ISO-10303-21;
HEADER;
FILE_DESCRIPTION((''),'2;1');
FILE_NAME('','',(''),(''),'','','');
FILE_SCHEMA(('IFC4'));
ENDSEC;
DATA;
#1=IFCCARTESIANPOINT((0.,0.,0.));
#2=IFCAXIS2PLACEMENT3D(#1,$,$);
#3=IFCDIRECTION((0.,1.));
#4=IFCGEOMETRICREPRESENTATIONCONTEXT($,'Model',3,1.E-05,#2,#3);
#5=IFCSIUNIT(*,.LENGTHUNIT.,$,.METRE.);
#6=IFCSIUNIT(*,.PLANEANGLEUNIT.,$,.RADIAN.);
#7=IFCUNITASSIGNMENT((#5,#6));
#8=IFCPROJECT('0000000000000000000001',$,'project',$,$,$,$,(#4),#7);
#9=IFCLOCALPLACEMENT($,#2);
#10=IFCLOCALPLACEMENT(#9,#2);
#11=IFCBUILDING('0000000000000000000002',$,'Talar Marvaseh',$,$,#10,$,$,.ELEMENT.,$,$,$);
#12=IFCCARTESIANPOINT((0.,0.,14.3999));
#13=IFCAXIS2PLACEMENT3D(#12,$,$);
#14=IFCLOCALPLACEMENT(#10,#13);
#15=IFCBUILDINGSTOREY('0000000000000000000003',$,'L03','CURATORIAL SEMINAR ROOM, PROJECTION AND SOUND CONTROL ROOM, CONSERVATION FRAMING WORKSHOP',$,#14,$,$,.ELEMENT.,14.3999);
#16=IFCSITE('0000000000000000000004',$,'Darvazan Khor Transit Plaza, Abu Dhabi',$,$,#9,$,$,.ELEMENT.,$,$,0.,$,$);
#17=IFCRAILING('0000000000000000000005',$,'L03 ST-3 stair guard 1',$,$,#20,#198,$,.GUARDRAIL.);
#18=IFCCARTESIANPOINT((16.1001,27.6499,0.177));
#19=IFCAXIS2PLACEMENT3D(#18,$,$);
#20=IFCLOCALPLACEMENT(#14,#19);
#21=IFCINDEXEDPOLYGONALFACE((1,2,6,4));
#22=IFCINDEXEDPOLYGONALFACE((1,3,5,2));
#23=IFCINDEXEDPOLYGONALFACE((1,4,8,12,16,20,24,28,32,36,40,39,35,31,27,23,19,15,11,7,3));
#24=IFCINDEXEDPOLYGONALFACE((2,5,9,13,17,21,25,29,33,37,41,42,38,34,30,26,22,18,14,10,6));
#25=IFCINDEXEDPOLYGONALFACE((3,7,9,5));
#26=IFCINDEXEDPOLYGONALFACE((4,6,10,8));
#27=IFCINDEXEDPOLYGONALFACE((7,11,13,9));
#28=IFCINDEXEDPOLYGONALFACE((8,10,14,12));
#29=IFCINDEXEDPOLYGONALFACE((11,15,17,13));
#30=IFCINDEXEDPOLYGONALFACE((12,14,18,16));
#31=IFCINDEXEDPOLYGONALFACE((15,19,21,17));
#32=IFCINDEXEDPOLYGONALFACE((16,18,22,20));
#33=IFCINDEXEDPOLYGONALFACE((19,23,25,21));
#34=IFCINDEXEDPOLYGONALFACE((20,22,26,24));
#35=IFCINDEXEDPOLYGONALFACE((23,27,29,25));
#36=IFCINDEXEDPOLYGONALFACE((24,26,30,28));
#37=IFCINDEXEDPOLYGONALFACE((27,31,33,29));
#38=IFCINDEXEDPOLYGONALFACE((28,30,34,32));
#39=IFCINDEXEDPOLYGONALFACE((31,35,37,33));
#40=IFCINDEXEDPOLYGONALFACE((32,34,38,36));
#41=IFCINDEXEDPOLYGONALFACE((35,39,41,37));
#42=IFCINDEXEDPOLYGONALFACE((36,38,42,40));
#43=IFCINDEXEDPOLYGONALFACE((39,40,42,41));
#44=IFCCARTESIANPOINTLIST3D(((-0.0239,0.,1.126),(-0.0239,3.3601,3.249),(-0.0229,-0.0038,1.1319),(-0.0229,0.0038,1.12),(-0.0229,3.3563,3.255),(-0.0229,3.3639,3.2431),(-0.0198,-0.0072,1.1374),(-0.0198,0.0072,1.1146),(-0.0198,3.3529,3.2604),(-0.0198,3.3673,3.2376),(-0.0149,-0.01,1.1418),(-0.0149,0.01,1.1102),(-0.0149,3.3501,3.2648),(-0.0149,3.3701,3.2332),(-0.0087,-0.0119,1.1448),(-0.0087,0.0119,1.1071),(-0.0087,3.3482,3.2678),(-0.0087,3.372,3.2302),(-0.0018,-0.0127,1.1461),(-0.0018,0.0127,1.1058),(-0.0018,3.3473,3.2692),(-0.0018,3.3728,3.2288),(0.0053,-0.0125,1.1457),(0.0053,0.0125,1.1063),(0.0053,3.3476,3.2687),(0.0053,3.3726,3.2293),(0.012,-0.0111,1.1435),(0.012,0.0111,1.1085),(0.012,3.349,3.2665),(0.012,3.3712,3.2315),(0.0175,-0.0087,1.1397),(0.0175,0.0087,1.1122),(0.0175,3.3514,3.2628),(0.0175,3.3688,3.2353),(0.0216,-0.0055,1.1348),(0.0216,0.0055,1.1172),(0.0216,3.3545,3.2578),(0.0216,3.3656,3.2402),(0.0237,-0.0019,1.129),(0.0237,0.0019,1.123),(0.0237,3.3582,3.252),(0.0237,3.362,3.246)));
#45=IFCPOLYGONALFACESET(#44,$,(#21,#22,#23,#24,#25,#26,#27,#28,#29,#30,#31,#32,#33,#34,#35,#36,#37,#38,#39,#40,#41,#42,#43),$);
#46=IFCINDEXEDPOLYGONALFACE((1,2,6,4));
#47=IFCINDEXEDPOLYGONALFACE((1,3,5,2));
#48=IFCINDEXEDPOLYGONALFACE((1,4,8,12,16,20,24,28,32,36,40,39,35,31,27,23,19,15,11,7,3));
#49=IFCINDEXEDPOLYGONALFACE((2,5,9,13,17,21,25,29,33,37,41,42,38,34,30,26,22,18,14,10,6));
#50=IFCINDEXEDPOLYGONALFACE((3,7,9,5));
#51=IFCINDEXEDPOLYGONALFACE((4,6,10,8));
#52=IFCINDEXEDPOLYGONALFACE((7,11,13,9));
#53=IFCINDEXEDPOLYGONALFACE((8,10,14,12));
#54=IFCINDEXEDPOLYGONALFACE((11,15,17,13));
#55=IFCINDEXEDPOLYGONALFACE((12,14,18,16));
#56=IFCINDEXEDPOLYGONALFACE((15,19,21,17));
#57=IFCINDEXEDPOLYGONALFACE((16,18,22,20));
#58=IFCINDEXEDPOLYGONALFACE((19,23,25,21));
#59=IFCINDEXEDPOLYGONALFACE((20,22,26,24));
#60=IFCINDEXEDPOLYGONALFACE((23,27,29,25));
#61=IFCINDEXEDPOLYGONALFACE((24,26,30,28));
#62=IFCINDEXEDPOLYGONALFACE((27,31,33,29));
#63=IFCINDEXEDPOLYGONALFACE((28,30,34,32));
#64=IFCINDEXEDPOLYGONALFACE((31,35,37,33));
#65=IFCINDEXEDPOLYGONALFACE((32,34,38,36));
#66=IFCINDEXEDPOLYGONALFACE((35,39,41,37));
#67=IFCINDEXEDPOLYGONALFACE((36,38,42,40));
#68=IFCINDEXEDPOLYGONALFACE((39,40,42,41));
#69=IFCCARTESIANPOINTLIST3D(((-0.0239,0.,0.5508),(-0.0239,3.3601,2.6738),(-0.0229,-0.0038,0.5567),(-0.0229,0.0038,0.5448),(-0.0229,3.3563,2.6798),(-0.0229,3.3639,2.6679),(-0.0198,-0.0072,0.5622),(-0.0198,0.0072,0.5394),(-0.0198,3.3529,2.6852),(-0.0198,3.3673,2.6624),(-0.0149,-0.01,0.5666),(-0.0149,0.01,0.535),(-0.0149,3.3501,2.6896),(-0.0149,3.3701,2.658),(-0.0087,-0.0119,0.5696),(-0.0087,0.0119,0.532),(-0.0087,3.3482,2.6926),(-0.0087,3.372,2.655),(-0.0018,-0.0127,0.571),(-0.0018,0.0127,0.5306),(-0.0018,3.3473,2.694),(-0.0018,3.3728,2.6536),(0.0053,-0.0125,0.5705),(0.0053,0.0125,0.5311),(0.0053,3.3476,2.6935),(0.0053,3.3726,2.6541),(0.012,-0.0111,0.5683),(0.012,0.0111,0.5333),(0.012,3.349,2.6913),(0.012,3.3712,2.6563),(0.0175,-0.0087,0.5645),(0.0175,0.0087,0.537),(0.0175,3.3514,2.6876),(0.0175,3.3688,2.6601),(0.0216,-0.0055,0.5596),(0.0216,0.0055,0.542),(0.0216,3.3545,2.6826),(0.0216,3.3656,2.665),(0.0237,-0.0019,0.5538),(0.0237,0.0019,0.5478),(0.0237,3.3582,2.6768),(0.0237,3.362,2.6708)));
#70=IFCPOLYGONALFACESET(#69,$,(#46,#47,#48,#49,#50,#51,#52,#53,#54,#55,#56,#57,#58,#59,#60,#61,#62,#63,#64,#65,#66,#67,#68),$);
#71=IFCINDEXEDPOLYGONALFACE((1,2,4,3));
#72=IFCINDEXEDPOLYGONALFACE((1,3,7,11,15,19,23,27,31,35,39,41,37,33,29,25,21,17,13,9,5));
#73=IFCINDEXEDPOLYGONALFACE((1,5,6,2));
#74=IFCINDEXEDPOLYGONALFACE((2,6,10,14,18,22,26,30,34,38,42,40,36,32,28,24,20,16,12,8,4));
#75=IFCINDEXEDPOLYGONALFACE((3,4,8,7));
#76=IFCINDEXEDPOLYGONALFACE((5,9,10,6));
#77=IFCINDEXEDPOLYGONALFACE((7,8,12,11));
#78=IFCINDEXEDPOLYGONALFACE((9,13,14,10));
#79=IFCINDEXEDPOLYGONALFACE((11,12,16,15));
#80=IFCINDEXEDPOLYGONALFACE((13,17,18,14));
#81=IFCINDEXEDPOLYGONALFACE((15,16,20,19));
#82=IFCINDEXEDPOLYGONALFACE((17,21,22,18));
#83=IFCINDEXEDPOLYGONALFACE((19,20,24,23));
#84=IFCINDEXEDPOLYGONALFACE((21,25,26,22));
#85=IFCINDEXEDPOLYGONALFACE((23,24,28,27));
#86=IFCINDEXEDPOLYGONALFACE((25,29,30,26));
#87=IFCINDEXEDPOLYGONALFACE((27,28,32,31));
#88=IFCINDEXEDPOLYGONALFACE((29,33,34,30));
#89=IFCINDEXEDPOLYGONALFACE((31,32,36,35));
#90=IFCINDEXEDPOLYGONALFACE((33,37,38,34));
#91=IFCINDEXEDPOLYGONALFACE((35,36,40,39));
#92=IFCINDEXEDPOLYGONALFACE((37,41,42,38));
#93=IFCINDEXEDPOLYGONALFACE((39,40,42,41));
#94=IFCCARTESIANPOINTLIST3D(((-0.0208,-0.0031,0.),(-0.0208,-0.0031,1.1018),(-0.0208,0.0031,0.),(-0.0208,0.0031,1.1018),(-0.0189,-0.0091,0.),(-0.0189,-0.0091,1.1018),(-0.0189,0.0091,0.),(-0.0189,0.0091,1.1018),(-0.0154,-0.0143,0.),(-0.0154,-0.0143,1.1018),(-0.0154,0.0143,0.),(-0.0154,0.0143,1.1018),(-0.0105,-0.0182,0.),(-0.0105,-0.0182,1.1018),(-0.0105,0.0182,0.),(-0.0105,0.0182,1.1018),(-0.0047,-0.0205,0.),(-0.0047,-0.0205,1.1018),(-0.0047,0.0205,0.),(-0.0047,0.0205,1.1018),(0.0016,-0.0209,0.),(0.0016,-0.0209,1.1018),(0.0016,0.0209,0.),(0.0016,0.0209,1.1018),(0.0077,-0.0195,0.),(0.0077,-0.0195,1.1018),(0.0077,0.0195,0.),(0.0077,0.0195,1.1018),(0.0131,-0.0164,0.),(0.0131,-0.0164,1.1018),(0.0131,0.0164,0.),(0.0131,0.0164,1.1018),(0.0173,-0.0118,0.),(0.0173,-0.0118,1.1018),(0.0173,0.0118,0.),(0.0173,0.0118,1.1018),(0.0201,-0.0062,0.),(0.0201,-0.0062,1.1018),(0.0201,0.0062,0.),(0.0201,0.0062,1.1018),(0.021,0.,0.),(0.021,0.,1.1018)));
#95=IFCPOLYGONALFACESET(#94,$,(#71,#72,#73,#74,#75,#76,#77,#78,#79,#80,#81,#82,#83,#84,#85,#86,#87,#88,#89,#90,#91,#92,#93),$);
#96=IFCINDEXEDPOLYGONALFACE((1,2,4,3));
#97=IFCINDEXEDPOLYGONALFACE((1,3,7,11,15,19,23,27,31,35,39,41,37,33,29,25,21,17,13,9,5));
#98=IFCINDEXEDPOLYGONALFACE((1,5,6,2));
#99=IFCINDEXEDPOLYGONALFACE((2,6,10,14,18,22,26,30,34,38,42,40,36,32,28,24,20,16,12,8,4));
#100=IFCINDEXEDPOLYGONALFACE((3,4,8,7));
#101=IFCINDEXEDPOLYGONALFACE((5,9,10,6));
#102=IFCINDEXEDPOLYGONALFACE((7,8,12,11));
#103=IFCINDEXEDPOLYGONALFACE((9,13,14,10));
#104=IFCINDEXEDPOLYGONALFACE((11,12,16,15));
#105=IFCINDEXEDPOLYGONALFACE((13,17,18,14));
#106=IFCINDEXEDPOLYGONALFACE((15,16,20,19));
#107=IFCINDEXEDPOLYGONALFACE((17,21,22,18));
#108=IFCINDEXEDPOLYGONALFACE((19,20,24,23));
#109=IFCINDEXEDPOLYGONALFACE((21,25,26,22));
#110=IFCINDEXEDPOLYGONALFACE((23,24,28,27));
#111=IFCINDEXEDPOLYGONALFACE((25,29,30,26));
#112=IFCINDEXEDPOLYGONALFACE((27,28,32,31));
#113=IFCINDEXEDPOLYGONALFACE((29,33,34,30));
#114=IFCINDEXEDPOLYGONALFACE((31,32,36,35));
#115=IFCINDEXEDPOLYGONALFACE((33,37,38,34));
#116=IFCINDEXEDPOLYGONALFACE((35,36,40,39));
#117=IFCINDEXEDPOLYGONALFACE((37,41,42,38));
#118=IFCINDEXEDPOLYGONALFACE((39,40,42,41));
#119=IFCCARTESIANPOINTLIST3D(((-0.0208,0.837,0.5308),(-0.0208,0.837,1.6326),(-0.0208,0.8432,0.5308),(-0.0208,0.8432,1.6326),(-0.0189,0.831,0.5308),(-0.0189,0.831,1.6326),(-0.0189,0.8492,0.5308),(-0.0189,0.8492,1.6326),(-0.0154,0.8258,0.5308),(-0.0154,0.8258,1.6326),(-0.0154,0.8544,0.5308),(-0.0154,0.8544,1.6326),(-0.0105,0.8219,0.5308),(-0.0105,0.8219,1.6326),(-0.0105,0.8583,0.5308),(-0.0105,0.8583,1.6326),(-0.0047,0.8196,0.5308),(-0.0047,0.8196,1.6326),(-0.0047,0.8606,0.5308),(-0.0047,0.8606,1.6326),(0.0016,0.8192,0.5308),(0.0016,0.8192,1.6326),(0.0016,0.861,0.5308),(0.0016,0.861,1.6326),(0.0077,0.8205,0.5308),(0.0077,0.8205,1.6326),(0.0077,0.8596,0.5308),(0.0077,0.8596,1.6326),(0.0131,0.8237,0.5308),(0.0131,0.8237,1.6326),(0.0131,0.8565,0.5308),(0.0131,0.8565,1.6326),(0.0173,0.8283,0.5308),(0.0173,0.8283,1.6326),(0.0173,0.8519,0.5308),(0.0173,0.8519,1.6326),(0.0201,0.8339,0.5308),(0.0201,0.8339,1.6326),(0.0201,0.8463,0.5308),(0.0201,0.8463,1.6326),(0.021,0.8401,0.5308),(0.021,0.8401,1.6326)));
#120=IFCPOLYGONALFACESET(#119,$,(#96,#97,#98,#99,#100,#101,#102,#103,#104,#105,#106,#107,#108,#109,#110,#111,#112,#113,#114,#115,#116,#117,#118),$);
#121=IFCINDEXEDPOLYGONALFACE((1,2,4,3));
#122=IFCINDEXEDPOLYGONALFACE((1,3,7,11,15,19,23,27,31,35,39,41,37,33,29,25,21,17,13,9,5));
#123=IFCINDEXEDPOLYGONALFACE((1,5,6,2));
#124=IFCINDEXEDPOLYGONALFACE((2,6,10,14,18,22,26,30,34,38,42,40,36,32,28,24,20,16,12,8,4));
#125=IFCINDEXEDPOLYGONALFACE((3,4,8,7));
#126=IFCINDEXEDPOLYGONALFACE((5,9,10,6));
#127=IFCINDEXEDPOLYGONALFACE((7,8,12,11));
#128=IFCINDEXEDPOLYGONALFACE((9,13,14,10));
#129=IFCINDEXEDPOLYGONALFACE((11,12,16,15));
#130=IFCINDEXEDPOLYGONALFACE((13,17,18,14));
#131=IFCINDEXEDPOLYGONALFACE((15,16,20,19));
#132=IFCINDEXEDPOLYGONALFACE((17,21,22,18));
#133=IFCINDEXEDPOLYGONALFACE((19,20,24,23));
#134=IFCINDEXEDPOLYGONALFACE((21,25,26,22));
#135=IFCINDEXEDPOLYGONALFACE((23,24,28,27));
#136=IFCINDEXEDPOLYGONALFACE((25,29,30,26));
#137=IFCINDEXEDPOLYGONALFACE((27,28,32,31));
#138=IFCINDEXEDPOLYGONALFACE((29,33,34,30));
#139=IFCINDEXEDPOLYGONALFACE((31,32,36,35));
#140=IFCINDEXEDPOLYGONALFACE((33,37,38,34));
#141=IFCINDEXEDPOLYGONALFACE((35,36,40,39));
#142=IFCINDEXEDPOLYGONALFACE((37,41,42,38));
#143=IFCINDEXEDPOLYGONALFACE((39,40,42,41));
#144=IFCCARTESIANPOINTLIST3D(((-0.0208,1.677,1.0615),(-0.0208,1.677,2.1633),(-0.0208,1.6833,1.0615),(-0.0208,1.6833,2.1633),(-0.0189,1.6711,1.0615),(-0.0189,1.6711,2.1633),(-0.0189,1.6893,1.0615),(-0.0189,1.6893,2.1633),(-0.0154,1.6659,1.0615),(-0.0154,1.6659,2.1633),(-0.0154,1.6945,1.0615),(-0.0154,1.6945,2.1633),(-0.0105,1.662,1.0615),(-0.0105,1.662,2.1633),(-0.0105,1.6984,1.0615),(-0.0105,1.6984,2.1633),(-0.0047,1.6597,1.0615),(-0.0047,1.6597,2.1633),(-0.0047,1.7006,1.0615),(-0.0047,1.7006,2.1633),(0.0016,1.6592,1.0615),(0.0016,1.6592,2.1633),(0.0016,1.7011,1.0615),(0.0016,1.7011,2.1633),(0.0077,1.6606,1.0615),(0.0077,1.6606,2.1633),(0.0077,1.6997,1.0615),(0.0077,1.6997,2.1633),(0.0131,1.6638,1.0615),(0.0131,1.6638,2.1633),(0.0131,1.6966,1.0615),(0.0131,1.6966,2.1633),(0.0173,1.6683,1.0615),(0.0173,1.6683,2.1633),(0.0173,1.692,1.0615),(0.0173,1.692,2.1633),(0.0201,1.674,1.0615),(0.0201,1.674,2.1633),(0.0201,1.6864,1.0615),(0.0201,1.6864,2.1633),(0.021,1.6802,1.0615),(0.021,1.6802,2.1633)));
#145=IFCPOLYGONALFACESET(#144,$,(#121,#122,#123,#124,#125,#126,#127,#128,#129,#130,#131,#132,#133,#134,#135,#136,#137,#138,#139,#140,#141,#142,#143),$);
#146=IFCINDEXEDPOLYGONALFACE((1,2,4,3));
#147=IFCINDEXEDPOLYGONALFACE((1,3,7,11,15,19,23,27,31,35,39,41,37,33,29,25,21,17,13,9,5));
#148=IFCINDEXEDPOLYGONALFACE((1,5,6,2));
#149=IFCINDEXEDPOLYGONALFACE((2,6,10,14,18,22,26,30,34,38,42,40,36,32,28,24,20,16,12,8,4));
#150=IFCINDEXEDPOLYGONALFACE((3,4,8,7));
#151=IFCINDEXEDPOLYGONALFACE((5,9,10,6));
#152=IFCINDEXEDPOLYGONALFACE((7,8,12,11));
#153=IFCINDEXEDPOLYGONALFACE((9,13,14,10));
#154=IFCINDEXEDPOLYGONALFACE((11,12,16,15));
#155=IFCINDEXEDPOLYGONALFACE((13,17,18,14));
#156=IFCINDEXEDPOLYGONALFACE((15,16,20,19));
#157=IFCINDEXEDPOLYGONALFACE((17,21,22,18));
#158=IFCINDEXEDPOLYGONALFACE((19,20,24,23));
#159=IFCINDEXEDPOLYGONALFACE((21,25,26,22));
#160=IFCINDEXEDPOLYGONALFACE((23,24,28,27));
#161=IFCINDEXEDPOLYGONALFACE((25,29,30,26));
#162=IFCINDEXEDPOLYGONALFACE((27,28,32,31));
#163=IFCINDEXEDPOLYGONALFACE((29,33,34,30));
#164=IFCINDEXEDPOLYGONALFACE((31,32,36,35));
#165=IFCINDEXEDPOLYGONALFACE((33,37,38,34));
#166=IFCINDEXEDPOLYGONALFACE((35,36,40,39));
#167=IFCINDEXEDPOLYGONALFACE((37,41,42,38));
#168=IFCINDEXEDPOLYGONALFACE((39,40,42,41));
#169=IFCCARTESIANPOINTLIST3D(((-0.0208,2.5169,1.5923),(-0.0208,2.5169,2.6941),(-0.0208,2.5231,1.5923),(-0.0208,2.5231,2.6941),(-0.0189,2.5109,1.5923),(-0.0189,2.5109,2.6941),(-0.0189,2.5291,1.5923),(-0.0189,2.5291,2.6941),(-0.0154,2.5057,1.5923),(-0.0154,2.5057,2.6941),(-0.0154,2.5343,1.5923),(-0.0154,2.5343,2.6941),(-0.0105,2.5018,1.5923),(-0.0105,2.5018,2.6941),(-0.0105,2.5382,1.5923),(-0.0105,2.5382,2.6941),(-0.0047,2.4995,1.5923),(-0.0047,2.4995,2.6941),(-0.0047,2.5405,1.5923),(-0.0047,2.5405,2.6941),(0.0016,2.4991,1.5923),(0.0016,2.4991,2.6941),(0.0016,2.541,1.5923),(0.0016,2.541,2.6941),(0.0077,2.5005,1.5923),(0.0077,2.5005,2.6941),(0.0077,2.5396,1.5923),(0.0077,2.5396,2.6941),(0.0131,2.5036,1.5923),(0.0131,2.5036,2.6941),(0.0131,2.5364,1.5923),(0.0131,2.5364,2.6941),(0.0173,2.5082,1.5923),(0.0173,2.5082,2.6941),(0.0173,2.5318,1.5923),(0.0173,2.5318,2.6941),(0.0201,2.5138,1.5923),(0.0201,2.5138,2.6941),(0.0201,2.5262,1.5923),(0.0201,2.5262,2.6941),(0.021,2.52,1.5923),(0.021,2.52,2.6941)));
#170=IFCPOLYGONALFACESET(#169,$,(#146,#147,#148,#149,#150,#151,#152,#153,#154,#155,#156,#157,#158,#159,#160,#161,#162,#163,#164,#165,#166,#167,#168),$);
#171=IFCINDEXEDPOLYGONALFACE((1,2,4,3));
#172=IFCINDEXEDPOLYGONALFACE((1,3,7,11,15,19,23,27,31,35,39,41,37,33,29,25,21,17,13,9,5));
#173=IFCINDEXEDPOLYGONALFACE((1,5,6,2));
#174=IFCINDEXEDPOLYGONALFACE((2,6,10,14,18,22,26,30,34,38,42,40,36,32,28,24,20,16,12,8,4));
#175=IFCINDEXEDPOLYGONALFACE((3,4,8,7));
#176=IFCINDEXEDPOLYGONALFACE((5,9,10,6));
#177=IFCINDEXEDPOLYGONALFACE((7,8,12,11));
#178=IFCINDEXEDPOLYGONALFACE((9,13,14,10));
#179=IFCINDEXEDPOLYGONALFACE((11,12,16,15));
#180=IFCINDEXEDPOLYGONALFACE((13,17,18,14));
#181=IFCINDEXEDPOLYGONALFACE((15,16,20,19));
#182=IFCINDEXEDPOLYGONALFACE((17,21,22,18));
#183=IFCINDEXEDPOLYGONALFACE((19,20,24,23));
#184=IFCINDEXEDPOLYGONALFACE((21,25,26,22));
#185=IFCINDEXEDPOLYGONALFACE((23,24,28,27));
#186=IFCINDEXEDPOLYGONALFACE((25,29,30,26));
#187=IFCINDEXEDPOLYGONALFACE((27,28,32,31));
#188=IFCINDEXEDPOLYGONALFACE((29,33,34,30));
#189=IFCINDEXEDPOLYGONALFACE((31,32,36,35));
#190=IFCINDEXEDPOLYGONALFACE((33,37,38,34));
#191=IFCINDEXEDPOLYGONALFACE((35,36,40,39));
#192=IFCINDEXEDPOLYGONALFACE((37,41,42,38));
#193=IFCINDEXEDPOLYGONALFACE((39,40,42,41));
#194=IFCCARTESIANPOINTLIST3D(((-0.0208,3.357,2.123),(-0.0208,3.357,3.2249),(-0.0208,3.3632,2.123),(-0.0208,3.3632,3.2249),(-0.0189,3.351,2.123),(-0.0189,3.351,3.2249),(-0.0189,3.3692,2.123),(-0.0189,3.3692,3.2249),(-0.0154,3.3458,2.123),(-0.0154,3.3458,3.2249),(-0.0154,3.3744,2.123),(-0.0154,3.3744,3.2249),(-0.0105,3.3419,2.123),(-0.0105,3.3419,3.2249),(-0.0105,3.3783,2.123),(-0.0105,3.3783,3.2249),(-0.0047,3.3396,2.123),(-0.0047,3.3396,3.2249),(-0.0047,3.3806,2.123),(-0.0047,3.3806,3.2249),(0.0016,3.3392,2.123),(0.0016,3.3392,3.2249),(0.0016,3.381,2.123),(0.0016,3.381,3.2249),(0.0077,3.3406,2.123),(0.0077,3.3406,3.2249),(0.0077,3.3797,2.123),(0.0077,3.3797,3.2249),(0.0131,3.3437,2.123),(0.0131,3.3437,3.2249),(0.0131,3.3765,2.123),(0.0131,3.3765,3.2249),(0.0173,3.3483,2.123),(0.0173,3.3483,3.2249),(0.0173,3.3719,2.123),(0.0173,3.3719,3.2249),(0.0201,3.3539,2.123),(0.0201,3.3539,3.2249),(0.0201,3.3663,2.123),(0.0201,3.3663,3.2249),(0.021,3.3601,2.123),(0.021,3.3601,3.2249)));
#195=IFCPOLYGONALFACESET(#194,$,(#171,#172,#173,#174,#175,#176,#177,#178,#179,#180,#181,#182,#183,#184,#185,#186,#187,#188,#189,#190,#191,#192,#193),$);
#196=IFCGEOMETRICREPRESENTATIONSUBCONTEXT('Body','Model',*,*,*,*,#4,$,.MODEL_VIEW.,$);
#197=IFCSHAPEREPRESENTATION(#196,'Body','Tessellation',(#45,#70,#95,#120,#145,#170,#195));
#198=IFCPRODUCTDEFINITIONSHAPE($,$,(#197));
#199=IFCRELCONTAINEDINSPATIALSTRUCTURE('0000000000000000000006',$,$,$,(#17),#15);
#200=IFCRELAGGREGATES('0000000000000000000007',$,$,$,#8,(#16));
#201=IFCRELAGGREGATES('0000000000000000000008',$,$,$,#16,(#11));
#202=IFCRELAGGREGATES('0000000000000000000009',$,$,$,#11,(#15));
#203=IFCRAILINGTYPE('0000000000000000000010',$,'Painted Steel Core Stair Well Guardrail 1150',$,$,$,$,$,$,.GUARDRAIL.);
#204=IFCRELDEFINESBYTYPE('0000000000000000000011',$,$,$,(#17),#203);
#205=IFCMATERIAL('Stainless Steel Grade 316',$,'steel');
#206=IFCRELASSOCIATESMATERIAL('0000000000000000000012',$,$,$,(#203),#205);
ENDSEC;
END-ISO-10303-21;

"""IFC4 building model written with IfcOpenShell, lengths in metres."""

from ifc_helpers import new_model, si_unit, direction, frame, origin, origin_2d, place, context, subcontext, project, spatial, circle, extrude, material, type_object, element, save


model = new_model("IFC4")

# Units and contexts
model_context = context("Model", 3, precision=1e-05, world=origin(), true_north=direction((0.0, 1.0)))
body_context = subcontext(model_context, "Body", "Model", "MODEL_VIEW")
ifc_project = project(units=[si_unit("LENGTHUNIT", "METRE"), si_unit("PLANEANGLEUNIT", "RADIAN")], contexts=[model_context])

# Site, building, storey
site_placement = place(None, origin())
site = spatial("IfcSite", under=ifc_project, at=site_placement, Name="Darvazan Khor Transit Plaza, Abu Dhabi", CompositionType="ELEMENT", RefElevation=0.0)
building_placement = place(site_placement, origin())
building = spatial("IfcBuilding", under=site, at=building_placement, Name="Talar Marvaseh", CompositionType="ELEMENT")
storey_placement = place(building_placement, frame((0.0, 0.0, 14.3999)))
storey = spatial("IfcBuildingStorey", under=building, at=storey_placement, Name="L03", Description="CURATORIAL SEMINAR ROOM, PROJECTION AND SOUND CONTROL ROOM, CONSERVATION FRAMING WORKSHOP", CompositionType="ELEMENT", Elevation=14.3999)

# Railing
ifc_material_1 = material(Name="Stainless Steel Grade 316", Category="steel")
railing_type_1 = type_object("IfcRailingType", Name="Painted Steel Core Stair Well Guardrail 1150", PredefinedType="GUARDRAIL", material=ifc_material_1)
railing_1_placement = place(storey_placement, frame((16.1001, 27.6499, 0.177)))
element("IfcRailing", 1, at=railing_1_placement, inside=storey, type_object=railing_type_1, Name="L03 ST-3 stair guard 1", PredefinedType="GUARDRAIL", context=body_context, shape_type="SweptSolid", body=[
    extrude(circle(Radius=0.0239, at=origin_2d()), frame((0.0, 0.0, 1.126), z_axis=(0.0, 0.84539, 0.53415), x_axis=(-1.0, 0.0, 0.0)), (0.0, 0.0, 1.0), 3.9746),
    extrude(circle(Radius=0.0239, at=origin_2d()), frame((0.0, 0.0, 0.5508), z_axis=(0.0, 0.84539, 0.53415), x_axis=(-1.0, 0.0, 0.0)), (0.0, 0.0, 1.0), 3.9746),
    extrude(circle(Radius=0.021, at=origin_2d()), origin(), (0.0, 0.0, 1.0), 1.1018),
    extrude(circle(Radius=0.021, at=origin_2d()), frame((0.0, 0.8401, 0.5308)), (0.0, 0.0, 1.0), 1.1018),
    extrude(circle(Radius=0.021, at=origin_2d()), frame((0.0, 1.6802, 1.0615)), (0.0, 0.0, 1.0), 1.1018),
    extrude(circle(Radius=0.021, at=origin_2d()), frame((0.0, 2.52, 1.5923)), (0.0, 0.0, 1.0), 1.1018),
    extrude(circle(Radius=0.021, at=origin_2d()), frame((0.0, 3.3601, 2.123)), (0.0, 0.0, 1.0), 1.1018),
])

save(model, "model.ifc")
